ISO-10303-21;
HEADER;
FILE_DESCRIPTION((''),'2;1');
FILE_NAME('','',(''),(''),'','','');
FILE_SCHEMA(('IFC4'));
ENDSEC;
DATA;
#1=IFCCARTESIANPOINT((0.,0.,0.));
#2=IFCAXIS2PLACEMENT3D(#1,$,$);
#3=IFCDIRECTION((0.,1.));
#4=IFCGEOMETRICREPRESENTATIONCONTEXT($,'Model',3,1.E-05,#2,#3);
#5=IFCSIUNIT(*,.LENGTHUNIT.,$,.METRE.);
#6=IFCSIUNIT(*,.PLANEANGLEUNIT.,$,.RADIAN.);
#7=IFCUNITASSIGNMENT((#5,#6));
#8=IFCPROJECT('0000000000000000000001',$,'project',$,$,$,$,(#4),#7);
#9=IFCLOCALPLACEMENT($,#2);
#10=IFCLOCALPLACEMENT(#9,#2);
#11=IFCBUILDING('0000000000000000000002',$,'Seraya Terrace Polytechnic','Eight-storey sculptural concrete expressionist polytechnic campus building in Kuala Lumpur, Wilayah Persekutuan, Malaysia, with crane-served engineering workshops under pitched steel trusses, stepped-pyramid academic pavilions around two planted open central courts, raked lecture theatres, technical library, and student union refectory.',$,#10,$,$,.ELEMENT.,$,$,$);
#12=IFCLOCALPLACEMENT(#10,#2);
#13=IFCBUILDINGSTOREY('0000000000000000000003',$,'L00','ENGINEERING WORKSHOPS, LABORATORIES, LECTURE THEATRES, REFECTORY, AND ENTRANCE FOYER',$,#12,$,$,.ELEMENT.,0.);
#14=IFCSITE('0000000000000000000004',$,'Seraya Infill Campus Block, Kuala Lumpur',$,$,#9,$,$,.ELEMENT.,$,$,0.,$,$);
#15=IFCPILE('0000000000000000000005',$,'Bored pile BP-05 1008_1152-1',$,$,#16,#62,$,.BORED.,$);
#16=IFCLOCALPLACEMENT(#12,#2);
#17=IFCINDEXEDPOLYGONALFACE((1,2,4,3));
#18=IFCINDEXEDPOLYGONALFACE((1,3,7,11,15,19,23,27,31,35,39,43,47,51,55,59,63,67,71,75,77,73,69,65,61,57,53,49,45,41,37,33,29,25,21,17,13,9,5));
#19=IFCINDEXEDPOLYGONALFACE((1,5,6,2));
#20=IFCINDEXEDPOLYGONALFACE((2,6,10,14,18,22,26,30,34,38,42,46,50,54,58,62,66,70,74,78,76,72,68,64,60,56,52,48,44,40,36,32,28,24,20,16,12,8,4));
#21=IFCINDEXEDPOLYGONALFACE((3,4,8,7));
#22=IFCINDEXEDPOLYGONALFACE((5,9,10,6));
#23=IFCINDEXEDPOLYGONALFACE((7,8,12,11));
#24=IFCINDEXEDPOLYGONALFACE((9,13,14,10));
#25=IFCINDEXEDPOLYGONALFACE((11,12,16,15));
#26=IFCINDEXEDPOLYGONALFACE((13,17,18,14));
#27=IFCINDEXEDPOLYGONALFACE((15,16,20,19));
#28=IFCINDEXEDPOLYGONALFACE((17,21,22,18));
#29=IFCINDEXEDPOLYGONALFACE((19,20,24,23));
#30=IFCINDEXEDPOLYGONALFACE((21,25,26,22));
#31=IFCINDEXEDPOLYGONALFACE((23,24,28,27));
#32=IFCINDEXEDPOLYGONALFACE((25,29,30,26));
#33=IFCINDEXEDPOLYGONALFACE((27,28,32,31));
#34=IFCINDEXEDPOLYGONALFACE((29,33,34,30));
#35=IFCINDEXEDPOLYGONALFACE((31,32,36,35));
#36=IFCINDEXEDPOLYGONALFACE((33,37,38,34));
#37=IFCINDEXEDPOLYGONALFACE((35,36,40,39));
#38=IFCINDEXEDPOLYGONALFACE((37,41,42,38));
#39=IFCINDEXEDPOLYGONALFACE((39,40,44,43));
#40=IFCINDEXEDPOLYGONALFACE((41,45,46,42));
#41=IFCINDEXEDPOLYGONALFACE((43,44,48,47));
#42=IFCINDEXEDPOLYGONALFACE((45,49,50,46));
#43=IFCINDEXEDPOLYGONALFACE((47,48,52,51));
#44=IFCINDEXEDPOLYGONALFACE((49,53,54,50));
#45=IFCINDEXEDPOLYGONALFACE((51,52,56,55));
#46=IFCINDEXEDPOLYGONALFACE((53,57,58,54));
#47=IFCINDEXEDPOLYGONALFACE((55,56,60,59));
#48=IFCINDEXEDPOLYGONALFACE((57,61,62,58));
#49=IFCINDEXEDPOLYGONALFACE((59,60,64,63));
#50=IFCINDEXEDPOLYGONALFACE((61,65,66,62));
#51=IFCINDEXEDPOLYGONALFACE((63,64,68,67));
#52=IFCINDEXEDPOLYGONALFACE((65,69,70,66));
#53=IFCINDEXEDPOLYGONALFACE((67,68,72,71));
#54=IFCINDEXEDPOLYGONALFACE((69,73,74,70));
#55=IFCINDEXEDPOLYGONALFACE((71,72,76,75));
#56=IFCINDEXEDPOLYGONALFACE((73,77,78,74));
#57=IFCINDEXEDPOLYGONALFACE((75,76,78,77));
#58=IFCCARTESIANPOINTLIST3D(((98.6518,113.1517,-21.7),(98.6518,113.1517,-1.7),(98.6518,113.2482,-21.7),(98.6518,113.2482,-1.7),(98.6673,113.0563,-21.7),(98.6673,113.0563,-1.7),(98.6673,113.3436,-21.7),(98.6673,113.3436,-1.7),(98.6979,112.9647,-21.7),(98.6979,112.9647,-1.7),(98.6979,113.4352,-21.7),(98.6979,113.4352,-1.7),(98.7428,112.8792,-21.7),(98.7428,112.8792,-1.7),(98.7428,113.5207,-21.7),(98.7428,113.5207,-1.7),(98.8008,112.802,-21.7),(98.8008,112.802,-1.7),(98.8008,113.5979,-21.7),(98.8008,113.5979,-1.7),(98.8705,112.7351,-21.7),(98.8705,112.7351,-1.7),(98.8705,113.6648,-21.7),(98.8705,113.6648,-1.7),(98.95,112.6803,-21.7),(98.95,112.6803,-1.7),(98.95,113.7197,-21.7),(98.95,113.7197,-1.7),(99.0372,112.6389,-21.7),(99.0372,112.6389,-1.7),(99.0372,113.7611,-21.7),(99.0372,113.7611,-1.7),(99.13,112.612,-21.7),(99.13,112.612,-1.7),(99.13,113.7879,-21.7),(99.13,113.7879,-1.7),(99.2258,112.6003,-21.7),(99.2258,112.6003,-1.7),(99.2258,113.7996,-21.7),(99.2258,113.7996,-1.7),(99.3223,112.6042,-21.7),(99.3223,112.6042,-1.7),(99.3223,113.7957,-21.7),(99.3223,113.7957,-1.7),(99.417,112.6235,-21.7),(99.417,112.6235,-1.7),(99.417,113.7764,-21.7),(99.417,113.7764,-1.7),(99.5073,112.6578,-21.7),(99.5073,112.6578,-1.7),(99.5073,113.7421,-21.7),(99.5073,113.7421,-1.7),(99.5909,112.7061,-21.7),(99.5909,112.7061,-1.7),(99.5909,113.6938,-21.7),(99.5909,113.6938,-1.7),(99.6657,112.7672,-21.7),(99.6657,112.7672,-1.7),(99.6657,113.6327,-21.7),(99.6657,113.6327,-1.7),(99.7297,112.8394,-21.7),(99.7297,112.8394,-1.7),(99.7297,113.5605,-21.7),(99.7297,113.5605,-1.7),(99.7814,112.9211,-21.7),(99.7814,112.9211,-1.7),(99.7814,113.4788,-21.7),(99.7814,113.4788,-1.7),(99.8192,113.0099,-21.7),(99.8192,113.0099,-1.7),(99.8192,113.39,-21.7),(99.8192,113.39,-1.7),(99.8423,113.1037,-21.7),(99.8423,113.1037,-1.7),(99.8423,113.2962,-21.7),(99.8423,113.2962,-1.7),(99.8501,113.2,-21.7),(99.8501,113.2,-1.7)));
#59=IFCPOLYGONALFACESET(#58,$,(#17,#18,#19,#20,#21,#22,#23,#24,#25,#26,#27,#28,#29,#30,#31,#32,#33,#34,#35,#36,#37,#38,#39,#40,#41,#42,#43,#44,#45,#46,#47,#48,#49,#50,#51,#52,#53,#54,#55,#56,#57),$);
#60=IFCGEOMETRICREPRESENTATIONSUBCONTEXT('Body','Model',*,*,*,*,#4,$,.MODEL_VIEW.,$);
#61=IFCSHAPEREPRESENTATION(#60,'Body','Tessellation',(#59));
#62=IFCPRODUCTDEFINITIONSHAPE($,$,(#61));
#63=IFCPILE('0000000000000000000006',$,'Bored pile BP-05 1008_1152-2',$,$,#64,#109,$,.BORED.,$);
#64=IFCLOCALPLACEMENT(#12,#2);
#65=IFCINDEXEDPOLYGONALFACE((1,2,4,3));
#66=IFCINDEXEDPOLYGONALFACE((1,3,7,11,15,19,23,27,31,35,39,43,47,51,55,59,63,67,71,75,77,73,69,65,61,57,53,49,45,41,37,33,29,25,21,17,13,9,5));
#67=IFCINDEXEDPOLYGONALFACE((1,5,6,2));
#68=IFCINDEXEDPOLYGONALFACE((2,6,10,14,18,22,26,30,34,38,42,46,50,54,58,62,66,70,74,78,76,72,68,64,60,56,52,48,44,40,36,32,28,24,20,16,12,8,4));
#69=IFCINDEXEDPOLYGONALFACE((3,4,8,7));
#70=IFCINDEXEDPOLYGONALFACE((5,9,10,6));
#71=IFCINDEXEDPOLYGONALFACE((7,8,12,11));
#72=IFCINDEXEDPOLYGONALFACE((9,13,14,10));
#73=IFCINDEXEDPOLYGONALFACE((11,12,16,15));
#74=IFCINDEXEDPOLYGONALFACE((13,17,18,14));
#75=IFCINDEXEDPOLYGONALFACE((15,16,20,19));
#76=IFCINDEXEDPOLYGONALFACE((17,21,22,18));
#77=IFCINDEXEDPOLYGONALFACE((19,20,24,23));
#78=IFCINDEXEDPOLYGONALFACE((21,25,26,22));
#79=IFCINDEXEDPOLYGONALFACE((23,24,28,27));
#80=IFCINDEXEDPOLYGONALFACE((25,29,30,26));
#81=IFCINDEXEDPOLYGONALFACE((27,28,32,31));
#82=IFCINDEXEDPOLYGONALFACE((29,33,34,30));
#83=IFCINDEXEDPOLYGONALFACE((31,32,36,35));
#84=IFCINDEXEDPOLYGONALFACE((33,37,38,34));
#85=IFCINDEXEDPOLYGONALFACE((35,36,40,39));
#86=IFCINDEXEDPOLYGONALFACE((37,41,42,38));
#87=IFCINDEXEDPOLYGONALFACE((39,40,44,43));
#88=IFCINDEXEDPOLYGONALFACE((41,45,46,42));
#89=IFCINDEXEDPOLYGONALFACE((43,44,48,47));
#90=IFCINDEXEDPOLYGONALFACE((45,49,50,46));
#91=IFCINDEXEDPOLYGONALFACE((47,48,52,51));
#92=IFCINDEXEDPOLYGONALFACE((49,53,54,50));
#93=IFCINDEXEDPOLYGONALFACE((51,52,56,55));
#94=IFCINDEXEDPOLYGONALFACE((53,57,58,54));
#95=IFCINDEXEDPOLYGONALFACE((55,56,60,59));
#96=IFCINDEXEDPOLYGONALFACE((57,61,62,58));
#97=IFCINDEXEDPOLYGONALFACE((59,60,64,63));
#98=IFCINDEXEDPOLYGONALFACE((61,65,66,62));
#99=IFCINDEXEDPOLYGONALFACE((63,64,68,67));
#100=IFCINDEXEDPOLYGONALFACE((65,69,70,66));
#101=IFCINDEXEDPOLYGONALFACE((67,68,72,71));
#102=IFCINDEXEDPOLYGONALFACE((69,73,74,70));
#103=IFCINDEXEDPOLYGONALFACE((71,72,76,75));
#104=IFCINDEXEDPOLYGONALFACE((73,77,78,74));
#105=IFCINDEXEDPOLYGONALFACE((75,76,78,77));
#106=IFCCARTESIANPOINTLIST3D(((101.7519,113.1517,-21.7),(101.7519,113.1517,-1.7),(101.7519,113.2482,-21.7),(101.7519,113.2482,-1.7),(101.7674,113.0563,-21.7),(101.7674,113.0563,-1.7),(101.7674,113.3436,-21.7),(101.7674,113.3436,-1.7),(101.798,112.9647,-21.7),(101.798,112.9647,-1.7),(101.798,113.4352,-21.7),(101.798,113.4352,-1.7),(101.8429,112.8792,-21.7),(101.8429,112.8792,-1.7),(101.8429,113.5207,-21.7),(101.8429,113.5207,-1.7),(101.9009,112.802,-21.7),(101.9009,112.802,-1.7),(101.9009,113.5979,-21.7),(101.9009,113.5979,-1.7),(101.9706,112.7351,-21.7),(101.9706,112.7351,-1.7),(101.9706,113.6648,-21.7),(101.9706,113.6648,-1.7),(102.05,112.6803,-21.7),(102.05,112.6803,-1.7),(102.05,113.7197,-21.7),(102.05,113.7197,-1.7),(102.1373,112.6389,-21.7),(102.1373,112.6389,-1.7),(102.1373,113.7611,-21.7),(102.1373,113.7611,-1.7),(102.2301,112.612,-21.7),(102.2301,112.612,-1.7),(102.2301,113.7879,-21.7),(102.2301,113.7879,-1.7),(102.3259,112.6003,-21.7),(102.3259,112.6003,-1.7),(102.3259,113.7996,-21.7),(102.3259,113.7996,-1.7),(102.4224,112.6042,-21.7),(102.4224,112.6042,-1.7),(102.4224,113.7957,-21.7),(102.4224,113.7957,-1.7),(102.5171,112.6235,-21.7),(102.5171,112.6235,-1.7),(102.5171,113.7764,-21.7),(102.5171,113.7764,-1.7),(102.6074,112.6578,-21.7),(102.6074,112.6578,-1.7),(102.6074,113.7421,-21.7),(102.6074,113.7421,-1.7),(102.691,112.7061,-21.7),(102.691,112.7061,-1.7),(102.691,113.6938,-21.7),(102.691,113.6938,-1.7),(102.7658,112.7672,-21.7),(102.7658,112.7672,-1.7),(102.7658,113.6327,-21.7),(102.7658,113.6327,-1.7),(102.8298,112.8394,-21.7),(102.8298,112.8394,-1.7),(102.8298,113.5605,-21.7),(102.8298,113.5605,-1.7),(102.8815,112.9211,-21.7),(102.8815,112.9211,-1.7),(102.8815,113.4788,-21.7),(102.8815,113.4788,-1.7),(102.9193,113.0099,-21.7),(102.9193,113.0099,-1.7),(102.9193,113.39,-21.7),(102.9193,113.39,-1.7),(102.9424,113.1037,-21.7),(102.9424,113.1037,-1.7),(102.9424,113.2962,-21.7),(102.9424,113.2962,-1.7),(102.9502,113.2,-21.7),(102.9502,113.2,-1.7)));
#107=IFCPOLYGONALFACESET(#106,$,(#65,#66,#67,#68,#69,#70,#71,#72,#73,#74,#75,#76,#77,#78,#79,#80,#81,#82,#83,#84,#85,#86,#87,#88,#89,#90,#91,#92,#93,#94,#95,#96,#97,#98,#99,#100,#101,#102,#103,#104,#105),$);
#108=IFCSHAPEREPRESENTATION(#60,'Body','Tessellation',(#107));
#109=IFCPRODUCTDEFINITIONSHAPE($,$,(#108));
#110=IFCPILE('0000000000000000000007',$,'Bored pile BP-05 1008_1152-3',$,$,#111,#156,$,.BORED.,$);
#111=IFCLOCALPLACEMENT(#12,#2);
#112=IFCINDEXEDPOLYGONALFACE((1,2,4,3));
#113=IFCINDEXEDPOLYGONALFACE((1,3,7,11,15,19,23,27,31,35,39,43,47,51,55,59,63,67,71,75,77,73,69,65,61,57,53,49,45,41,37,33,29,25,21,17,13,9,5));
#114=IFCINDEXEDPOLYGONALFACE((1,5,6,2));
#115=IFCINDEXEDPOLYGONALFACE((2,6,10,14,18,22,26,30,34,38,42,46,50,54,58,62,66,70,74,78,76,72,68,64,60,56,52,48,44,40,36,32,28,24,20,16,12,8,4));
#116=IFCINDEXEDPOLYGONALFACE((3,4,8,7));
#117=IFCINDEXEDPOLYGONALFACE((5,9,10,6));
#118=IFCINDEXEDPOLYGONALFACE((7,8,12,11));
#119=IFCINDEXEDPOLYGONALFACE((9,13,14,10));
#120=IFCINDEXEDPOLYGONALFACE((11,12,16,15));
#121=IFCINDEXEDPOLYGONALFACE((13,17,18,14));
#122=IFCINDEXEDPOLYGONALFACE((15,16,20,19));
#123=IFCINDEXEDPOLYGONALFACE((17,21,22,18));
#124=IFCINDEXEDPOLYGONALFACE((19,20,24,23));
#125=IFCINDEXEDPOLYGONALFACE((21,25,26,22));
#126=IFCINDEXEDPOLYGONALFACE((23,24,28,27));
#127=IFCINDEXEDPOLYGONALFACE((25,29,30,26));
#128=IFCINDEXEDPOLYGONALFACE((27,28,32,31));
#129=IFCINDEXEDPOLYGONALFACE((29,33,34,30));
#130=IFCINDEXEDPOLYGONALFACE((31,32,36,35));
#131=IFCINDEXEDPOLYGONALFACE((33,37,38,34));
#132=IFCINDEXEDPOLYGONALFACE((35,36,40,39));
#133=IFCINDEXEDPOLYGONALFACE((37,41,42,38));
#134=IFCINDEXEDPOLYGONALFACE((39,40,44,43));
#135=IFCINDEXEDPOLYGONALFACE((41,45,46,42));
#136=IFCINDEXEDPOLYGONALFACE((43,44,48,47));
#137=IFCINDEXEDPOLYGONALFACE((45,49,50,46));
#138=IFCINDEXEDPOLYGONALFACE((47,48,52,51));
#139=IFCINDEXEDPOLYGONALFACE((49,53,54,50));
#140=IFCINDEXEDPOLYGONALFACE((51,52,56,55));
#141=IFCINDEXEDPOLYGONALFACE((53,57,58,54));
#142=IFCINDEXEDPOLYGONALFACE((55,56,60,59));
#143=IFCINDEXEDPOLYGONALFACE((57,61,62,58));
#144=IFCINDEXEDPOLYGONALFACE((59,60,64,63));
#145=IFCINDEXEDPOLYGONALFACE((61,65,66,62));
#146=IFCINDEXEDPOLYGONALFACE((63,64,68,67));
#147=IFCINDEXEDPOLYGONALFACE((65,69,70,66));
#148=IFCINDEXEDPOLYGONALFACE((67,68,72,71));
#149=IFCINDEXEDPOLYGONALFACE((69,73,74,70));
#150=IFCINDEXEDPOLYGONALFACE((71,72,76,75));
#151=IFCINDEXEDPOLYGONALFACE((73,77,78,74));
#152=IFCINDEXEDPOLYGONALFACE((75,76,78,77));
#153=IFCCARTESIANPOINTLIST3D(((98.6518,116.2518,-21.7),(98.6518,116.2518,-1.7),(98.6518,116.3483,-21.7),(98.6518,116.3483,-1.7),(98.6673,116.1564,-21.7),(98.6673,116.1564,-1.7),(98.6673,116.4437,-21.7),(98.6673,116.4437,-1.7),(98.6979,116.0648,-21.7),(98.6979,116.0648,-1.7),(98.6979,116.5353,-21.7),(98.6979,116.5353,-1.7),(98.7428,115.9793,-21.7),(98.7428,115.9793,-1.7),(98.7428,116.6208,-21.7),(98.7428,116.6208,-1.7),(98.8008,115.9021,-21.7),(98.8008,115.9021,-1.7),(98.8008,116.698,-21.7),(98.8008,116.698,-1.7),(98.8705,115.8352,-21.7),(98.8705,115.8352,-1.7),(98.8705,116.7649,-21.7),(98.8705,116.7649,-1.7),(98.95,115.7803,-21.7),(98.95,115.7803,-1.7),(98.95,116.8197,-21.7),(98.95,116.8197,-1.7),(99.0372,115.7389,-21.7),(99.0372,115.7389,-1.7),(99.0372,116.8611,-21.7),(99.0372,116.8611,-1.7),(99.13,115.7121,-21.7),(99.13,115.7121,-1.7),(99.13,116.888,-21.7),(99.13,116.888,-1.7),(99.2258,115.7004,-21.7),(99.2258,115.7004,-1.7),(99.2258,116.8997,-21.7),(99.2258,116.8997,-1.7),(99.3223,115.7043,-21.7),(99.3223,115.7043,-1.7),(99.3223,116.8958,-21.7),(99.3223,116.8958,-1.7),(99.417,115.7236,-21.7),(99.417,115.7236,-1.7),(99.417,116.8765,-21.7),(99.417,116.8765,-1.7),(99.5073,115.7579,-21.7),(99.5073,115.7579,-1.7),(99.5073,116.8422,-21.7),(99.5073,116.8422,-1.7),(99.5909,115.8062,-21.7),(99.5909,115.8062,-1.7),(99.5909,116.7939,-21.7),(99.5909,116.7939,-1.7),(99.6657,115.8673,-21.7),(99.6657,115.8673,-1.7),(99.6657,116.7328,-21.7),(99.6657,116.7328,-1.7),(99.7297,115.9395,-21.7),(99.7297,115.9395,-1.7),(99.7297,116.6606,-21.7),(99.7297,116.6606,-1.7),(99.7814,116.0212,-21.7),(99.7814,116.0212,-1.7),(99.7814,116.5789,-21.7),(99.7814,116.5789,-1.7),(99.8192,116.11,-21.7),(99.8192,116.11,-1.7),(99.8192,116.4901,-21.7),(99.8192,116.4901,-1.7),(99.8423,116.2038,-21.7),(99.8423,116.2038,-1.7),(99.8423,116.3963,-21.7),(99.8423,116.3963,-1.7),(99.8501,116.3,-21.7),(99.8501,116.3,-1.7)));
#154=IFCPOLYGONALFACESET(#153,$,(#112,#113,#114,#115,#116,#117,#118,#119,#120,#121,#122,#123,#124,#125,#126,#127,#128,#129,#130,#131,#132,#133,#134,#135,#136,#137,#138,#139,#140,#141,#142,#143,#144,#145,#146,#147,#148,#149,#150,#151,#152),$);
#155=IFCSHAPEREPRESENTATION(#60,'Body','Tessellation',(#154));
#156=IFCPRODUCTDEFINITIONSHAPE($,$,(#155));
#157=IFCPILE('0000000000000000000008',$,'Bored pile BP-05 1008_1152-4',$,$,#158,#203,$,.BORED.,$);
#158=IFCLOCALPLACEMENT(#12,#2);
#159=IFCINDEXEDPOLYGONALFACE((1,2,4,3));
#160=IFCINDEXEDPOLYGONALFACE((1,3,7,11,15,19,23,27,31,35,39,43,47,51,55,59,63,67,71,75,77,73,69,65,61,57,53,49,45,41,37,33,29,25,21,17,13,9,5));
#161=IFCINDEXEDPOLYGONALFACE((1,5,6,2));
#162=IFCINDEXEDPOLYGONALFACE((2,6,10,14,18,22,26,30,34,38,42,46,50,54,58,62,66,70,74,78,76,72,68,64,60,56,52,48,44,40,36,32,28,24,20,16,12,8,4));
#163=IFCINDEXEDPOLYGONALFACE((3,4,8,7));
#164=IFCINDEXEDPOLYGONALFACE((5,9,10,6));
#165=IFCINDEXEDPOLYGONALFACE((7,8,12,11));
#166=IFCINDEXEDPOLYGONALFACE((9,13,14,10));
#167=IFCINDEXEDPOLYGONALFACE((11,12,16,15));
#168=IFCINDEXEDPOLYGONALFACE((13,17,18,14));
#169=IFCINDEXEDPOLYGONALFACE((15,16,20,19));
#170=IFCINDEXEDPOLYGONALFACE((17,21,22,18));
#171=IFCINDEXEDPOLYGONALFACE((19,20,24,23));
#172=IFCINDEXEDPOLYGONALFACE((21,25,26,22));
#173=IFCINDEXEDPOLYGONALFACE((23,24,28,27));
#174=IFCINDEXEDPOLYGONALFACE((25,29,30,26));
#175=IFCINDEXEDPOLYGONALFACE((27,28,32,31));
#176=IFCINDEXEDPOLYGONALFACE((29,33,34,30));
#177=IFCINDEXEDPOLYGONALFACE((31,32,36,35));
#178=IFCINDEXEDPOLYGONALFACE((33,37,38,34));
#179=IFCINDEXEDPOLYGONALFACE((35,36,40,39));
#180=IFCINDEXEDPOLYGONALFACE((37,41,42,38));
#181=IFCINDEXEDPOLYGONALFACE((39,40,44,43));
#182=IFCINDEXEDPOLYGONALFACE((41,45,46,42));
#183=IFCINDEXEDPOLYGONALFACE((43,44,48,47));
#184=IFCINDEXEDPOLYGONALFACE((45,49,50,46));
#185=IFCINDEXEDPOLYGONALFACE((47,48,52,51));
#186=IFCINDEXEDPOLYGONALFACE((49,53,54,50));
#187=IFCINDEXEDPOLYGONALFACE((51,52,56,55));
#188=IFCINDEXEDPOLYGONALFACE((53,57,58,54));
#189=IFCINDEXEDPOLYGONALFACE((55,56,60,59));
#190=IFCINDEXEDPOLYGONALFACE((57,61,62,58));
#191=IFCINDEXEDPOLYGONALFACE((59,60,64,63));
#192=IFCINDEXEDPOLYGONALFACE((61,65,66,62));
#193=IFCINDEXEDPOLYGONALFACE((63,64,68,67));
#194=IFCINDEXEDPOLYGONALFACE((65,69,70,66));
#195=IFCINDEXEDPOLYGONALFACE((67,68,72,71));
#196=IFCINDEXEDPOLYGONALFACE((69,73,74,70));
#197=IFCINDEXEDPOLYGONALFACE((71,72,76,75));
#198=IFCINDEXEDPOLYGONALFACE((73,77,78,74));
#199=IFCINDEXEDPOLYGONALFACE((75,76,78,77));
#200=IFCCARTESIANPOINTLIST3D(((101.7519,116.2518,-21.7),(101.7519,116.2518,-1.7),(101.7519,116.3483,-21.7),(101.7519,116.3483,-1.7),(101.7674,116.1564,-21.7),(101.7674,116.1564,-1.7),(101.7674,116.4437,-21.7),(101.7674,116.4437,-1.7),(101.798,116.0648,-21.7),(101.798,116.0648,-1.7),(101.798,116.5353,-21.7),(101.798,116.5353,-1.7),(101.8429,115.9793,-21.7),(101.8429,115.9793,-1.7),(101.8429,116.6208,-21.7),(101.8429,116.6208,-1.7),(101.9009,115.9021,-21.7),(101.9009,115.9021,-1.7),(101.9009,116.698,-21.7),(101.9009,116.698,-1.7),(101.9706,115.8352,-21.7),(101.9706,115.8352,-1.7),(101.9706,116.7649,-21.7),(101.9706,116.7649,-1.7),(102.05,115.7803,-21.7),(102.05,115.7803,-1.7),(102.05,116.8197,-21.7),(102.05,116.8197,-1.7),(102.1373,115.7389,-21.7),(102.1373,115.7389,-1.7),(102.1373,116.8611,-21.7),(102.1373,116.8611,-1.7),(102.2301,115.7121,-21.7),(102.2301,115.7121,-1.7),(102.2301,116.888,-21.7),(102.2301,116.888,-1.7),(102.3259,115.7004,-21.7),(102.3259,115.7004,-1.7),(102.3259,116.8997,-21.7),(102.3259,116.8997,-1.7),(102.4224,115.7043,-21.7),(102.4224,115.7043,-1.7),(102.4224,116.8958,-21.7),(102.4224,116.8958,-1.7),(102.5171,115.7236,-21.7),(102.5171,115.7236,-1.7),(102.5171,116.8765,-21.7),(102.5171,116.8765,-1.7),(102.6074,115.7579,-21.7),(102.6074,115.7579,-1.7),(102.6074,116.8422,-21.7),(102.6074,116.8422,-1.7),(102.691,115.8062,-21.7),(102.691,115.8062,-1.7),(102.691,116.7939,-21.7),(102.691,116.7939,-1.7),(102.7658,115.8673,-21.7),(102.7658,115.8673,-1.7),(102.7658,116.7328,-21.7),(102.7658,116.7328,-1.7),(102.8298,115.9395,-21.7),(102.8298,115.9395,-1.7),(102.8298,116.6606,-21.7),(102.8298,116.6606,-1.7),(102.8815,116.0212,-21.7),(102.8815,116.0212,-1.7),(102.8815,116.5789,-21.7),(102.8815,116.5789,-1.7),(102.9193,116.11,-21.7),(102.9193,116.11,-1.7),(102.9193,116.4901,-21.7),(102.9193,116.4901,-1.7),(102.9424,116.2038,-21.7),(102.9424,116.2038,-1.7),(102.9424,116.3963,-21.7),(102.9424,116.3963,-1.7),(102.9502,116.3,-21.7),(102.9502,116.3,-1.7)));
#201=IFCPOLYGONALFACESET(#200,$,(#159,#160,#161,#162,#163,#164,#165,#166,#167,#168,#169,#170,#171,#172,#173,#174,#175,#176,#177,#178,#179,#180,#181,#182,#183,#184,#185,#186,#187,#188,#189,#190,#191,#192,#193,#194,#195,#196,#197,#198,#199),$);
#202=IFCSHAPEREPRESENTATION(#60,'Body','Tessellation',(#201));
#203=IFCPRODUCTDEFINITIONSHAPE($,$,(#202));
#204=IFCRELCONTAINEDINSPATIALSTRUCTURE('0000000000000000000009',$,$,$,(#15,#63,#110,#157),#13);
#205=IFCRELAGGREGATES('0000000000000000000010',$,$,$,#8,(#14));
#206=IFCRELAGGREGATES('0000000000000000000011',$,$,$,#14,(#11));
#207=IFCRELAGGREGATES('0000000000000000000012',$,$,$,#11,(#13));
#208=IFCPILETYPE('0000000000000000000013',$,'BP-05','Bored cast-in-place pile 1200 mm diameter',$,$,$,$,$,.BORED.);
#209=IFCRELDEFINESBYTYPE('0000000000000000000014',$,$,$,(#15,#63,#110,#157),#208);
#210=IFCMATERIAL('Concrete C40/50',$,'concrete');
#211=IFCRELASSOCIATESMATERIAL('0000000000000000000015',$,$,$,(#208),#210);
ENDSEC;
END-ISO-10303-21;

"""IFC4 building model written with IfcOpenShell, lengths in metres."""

from ifc_helpers import new_model, si_unit, direction, frame, origin, origin_2d, place, context, subcontext, project, spatial, circle, extrude, material, material_profile, profile_set, type_object, element, save


model = new_model("IFC4")

# Units and contexts
model_context = context("Model", 3, precision=1e-05, world=origin(), true_north=direction((0.0, 1.0)))
body_context = subcontext(model_context, "Body", "Model", "MODEL_VIEW")
ifc_project = project(units=[si_unit("LENGTHUNIT", "METRE"), si_unit("PLANEANGLEUNIT", "RADIAN")], contexts=[model_context])

# Site, building, storey
site_placement = place(None, origin())
site = spatial("IfcSite", under=ifc_project, at=site_placement, Name="Seraya Infill Campus Block, Kuala Lumpur", CompositionType="ELEMENT", RefElevation=0.0)
building_placement = place(site_placement, origin())
building = spatial("IfcBuilding", under=site, at=building_placement, Name="Seraya Terrace Polytechnic", Description="Eight-storey sculptural concrete expressionist polytechnic campus building in Kuala Lumpur, Wilayah Persekutuan, Malaysia, with crane-served engineering workshops under pitched steel trusses, stepped-pyramid academic pavilions around two planted open central courts, raked lecture theatres, technical library, and student union refectory.", CompositionType="ELEMENT")
storey_placement = place(building_placement, origin())
storey = spatial("IfcBuildingStorey", under=building, at=storey_placement, Name="L00", Description="ENGINEERING WORKSHOPS, LABORATORIES, LECTURE THEATRES, REFECTORY, AND ENTRANCE FOYER", CompositionType="ELEMENT", Elevation=0.0)

# Piles
ifc_material_1 = material(Name="Concrete C40/50", Category="concrete")
ifc_material_profile_1 = material_profile(ifc_material_1, circle(Radius=0.6001, at=origin_2d()), Name="DIA 1200")
ifc_profile_set_1 = profile_set([ifc_material_profile_1], Name="Concrete C40/50")
pile_type_1 = type_object("IfcPileType", Name="BP-05", Description="Bored cast-in-place pile 1200 mm diameter", PredefinedType="BORED", material=ifc_profile_set_1)
for number, where, z_axis, x_axis, name in (
    (1, (99.25, 113.2, -1.7), (0.0, 0.0, -1.0), (1.0, 0.0, 0.0), "Bored pile BP-05 1008_1152-1"),
    (2, (102.3501, 113.2, -1.7), (0.0, 0.0, -1.0), (1.0, 0.0, 0.0), "Bored pile BP-05 1008_1152-2"),
    (3, (99.25, 116.3, -1.7), (0.0, 0.0, -1.0), (1.0, 0.0, 0.0), "Bored pile BP-05 1008_1152-3"),
    (4, (102.3501, 116.3, -1.7), (0.0, 0.0, -1.0), (1.0, 0.0, 0.0), "Bored pile BP-05 1008_1152-4"),
):
    element("IfcPile", number, at=place(storey_placement, frame(where, z_axis=z_axis, x_axis=x_axis)), inside=storey, type_object=pile_type_1, Name=name, PredefinedType="BORED", context=body_context, shape_type="SweptSolid", body=[
        extrude(circle(Radius=0.6001, at=origin_2d()), origin(), (0.0, 0.0, 1.0), 20.0),
    ])

save(model, "model.ifc")
